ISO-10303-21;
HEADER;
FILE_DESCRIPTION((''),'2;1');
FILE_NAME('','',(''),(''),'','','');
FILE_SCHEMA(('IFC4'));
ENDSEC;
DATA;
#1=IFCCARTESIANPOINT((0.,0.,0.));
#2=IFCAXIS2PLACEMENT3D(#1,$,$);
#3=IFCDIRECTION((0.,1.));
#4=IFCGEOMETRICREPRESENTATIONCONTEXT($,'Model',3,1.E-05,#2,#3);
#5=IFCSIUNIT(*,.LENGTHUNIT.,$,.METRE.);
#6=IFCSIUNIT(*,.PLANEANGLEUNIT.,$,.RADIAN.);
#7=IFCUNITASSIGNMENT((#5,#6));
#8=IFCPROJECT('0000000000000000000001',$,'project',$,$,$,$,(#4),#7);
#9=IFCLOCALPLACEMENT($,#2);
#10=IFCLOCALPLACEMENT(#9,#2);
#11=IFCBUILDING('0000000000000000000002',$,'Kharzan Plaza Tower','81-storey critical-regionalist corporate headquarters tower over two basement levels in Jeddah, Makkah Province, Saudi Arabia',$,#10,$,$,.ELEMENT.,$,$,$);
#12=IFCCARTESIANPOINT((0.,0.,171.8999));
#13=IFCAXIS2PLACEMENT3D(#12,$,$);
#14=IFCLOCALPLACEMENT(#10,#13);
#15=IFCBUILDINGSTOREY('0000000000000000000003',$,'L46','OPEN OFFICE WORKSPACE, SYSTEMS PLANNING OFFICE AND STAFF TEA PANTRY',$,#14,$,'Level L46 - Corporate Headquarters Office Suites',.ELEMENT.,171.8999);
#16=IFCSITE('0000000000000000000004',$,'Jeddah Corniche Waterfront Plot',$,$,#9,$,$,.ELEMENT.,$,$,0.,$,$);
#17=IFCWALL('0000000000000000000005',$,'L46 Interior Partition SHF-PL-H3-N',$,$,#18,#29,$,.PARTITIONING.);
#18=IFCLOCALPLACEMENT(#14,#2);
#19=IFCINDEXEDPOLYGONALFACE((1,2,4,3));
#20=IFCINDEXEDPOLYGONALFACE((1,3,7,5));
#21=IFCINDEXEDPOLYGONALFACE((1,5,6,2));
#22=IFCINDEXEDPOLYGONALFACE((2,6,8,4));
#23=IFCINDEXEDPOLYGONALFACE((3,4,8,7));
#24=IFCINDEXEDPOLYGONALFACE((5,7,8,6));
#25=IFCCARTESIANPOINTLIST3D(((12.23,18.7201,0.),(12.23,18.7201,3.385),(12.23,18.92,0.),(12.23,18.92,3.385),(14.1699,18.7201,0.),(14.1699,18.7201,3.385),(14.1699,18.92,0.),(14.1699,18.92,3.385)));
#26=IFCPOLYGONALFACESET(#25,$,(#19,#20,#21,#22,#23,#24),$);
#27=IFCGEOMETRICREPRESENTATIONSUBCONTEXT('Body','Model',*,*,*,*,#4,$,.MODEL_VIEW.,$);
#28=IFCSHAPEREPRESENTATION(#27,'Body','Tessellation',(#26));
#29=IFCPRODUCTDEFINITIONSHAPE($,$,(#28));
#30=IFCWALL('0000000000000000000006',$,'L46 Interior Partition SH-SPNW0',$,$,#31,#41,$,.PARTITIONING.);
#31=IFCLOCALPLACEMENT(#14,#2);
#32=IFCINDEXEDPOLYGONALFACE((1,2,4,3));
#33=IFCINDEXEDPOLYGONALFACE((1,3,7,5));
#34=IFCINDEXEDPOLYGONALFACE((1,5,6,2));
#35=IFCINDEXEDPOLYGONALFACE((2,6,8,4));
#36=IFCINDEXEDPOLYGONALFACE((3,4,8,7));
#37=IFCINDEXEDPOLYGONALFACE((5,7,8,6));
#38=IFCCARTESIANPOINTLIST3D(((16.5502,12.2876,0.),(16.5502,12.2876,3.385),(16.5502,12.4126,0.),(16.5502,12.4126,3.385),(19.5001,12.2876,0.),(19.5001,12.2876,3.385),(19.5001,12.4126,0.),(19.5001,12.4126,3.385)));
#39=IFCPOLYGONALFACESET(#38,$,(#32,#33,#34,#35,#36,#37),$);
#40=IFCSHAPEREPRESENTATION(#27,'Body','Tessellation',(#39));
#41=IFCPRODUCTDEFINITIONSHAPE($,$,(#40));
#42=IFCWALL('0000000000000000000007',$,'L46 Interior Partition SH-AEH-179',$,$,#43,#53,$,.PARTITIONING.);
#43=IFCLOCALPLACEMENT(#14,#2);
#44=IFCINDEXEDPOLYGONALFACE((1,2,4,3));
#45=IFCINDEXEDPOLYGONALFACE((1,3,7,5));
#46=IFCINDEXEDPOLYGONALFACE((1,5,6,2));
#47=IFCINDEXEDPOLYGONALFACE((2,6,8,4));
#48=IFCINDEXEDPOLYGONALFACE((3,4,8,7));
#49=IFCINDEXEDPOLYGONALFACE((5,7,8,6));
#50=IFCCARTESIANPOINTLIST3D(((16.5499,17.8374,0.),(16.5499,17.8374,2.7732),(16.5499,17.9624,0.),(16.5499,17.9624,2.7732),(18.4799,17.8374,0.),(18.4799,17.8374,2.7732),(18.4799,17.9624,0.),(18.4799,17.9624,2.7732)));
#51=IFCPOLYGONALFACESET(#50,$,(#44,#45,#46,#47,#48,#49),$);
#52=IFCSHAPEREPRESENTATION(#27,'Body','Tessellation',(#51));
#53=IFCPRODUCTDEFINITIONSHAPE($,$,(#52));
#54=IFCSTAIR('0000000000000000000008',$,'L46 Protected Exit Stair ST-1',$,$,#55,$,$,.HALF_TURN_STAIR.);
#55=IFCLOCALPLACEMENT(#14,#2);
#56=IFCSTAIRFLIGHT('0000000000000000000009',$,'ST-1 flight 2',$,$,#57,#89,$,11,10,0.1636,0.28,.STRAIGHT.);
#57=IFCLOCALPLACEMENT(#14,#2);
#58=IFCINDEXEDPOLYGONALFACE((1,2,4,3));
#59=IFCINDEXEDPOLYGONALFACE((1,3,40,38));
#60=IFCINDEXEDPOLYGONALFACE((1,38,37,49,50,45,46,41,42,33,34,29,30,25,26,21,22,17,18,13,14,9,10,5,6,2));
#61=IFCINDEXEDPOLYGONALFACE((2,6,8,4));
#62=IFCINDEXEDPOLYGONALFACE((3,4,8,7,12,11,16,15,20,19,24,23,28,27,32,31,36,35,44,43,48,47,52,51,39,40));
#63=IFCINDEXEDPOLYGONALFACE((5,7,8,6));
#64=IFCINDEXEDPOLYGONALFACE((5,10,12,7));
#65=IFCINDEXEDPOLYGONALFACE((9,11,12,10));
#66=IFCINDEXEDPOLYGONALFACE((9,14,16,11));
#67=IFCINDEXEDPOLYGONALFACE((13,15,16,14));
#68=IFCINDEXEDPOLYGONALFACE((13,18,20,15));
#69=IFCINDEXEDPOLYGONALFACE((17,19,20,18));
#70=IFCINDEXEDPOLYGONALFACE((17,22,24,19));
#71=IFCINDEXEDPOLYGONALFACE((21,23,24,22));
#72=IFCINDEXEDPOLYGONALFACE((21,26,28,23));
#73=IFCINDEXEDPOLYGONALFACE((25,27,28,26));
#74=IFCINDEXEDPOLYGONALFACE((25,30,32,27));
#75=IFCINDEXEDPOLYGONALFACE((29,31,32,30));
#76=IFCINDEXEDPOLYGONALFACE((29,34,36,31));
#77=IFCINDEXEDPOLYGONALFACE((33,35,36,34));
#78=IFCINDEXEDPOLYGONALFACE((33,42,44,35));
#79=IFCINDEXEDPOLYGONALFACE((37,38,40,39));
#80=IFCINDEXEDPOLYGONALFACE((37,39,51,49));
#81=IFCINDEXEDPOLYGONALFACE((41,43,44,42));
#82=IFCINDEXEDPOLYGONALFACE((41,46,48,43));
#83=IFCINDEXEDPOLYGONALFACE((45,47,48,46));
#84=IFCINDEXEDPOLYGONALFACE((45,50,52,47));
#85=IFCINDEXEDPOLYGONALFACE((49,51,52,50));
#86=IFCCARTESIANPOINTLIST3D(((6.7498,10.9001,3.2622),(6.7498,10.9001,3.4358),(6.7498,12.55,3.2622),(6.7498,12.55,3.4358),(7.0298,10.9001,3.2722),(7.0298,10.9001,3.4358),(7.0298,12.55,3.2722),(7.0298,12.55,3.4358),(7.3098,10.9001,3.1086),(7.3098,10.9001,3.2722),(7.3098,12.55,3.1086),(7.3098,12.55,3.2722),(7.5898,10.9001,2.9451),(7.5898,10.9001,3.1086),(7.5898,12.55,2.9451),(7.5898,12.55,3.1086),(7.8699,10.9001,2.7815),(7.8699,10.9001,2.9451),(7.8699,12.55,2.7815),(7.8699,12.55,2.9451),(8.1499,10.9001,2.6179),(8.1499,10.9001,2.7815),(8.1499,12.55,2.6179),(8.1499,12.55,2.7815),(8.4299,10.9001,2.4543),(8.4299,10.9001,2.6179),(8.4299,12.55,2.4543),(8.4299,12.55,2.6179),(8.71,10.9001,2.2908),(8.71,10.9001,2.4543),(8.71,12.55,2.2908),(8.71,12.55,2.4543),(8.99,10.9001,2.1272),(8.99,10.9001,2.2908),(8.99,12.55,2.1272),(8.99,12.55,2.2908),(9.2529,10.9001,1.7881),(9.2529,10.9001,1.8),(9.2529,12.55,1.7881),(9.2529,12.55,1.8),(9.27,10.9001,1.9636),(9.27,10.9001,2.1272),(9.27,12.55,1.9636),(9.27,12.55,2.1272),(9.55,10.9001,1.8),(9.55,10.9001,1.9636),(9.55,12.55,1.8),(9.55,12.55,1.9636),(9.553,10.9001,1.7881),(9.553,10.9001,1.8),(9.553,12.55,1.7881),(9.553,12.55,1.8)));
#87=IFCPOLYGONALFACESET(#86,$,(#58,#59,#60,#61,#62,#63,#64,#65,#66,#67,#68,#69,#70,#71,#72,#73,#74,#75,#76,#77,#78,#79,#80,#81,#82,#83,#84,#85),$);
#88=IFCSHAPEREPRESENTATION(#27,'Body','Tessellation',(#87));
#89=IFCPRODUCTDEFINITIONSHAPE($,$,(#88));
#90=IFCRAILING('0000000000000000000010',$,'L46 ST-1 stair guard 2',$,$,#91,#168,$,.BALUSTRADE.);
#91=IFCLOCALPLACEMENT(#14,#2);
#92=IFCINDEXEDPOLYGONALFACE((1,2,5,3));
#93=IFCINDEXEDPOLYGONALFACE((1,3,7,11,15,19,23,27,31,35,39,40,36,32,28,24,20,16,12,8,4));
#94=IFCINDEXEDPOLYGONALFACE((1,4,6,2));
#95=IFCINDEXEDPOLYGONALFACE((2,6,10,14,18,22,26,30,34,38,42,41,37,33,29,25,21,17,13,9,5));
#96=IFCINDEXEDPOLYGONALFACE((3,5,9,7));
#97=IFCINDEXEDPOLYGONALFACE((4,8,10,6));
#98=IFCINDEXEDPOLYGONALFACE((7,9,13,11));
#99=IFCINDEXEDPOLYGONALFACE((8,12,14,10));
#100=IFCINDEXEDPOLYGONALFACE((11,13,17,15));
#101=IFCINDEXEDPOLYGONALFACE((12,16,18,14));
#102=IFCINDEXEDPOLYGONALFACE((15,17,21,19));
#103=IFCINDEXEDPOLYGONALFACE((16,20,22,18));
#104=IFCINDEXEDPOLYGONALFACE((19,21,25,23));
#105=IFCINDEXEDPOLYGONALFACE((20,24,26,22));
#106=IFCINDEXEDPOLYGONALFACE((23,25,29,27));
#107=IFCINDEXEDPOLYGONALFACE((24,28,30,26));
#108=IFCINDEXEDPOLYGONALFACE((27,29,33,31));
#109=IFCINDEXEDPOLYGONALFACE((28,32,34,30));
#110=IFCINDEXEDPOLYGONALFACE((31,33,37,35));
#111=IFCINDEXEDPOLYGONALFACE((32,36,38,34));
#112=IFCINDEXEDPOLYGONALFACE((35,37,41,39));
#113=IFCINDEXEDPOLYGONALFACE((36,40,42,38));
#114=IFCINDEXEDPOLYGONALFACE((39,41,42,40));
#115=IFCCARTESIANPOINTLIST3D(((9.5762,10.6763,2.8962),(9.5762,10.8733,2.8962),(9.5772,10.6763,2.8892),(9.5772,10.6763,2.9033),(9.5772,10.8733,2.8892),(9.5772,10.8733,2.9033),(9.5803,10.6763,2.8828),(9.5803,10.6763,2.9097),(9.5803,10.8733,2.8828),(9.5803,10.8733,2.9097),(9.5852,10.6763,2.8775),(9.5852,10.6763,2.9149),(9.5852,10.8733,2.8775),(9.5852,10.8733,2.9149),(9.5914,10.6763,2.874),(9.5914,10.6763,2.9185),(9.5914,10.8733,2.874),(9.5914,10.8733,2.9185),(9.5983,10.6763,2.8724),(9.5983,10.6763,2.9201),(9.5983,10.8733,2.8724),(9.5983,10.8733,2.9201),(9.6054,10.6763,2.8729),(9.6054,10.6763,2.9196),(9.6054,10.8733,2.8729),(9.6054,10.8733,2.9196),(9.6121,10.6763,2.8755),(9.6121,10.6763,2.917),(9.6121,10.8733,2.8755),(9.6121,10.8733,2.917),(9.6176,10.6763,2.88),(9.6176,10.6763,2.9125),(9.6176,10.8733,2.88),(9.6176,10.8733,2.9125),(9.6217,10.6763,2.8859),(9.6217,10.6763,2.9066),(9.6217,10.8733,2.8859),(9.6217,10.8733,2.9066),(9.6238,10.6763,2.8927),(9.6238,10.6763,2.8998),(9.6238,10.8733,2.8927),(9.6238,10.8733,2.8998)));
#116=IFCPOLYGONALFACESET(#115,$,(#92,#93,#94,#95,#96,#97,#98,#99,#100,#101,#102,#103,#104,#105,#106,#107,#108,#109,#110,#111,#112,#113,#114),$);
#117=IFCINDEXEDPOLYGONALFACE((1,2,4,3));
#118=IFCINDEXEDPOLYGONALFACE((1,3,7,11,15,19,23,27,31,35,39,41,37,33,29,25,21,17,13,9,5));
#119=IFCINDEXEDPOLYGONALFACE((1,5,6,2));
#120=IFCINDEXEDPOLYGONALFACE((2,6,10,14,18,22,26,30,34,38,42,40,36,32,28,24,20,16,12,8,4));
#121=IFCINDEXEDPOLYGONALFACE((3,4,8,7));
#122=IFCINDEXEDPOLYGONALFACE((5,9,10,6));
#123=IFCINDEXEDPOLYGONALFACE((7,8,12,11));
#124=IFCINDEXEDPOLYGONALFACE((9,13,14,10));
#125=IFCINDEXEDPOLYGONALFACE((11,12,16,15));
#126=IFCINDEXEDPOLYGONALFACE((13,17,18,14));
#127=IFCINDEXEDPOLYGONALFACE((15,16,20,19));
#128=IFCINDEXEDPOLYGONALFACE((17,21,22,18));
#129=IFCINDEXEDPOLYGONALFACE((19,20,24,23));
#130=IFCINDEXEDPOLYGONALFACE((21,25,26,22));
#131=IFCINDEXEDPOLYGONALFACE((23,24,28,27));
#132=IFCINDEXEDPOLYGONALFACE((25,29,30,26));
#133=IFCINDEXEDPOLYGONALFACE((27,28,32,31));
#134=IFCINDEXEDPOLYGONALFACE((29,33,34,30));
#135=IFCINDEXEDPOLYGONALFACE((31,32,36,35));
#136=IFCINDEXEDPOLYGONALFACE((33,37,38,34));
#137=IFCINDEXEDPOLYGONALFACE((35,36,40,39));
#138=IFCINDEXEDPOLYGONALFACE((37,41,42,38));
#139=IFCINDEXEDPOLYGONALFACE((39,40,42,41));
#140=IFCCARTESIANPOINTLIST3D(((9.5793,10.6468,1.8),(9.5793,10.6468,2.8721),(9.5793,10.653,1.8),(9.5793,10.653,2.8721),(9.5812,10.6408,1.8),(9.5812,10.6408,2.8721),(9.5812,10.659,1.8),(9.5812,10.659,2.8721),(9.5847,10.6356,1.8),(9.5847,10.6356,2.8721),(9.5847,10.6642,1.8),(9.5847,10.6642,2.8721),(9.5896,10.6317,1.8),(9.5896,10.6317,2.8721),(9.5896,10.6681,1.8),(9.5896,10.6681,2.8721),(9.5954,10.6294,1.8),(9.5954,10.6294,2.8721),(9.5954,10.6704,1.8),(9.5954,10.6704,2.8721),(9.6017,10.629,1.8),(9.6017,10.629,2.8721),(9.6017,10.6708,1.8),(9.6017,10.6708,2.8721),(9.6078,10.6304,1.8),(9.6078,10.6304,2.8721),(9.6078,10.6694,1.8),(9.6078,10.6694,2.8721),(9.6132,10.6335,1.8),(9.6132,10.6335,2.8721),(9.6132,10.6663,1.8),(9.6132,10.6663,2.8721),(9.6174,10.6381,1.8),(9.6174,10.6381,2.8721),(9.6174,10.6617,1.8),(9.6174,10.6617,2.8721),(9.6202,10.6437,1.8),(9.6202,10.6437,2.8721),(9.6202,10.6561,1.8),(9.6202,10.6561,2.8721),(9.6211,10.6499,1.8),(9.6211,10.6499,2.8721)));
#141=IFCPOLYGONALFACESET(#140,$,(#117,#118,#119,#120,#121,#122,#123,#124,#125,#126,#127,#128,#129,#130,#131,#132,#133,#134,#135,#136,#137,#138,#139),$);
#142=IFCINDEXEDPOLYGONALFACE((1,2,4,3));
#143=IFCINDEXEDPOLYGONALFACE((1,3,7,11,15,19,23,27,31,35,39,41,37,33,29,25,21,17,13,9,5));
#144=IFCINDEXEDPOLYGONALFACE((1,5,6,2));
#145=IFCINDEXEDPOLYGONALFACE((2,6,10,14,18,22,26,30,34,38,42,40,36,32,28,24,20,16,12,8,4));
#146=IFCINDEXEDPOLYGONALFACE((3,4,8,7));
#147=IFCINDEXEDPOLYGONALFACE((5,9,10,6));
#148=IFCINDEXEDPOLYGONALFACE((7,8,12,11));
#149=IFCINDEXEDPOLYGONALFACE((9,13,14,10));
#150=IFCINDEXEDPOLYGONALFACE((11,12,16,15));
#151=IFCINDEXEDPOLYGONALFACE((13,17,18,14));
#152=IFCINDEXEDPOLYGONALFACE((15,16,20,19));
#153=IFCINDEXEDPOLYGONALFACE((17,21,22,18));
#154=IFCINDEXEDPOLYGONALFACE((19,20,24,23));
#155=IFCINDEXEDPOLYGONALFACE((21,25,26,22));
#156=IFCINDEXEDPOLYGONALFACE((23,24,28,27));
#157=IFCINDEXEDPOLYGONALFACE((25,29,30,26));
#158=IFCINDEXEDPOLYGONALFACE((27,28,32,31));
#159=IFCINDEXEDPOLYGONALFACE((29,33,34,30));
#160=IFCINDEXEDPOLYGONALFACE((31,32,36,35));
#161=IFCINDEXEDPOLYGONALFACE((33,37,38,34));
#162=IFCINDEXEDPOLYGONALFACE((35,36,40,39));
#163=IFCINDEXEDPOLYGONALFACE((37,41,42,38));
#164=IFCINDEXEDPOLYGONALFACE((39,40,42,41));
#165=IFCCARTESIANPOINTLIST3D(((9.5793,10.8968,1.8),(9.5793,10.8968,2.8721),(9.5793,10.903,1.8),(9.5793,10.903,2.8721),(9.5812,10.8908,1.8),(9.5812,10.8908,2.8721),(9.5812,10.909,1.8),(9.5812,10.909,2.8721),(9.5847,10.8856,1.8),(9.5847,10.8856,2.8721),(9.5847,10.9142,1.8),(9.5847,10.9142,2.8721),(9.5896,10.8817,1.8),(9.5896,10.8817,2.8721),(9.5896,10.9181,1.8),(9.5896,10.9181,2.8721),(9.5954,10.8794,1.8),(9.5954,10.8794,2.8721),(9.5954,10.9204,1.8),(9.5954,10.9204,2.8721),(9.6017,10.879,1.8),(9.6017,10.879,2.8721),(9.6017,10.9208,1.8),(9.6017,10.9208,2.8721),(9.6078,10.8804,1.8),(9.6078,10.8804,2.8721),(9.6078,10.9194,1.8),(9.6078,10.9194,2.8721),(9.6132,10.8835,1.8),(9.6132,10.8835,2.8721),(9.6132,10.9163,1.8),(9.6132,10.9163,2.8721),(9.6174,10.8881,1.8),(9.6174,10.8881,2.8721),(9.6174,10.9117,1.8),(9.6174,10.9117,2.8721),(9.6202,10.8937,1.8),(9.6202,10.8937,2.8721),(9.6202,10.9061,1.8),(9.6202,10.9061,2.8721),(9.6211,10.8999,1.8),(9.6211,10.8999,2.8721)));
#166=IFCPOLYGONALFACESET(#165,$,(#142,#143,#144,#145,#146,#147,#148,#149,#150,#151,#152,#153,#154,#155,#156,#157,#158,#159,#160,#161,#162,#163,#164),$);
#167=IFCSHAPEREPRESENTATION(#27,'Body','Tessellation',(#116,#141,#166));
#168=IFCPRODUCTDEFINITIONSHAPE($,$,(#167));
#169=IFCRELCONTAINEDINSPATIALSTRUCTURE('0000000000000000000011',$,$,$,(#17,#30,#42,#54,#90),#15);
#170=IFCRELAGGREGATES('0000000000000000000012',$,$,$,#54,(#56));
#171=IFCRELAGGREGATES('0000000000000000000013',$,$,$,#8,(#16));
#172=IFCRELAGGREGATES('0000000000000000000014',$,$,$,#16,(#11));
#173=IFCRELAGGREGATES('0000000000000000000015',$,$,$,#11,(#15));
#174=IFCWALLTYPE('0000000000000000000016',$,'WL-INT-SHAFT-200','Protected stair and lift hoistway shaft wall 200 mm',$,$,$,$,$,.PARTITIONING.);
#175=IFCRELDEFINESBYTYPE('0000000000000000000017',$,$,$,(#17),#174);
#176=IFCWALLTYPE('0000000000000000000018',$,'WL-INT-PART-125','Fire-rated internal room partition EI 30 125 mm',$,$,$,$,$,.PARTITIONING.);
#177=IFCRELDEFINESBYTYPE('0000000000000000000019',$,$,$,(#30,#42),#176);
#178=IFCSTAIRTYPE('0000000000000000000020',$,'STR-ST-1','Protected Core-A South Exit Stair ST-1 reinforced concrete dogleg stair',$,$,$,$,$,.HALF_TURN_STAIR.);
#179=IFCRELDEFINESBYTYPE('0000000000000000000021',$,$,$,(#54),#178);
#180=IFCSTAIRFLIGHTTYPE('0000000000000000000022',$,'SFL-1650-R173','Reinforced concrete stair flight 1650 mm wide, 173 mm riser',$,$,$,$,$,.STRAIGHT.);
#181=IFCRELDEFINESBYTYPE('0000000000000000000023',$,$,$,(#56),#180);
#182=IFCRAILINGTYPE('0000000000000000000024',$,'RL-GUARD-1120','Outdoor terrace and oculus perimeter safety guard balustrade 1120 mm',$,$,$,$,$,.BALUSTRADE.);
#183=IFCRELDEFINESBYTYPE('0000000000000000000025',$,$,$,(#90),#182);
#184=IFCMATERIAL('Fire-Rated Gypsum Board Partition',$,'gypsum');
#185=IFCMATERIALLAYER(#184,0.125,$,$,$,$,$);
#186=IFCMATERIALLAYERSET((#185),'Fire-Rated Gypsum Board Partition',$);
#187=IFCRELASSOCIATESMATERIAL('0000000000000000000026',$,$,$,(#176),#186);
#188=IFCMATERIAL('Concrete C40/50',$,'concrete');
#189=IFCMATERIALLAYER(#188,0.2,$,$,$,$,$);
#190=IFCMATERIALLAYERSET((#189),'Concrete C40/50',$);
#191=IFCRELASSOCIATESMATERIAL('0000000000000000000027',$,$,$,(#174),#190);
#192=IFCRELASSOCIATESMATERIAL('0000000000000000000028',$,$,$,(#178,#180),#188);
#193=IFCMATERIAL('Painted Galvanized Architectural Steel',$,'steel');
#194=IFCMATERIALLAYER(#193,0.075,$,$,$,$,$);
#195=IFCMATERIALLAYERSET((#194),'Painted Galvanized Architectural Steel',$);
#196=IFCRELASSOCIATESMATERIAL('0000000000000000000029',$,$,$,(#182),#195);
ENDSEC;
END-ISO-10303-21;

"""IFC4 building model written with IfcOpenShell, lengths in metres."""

from ifc_helpers import new_model, si_unit, direction, frame, frame_2d, origin, origin_2d, place, context, subcontext, project, spatial, polyline, rectangle, circle, outline, extrude, source, transform, mapped, material, layer, layer_set, type_object, element, aggregate, save


model = new_model("IFC4")

# Units and contexts
model_context = context("Model", 3, precision=1e-05, world=origin(), true_north=direction((0.0, 1.0)))
body_context = subcontext(model_context, "Body", "Model", "MODEL_VIEW")
ifc_project = project(units=[si_unit("LENGTHUNIT", "METRE"), si_unit("PLANEANGLEUNIT", "RADIAN")], contexts=[model_context])

# Site, building, storey
site_placement = place(None, origin())
site = spatial("IfcSite", under=ifc_project, at=site_placement, Name="Jeddah Corniche Waterfront Plot", CompositionType="ELEMENT", RefElevation=0.0)
building_placement = place(site_placement, origin())
building = spatial("IfcBuilding", under=site, at=building_placement, Name="Kharzan Plaza Tower", Description="81-storey critical-regionalist corporate headquarters tower over two basement levels in Jeddah, Makkah Province, Saudi Arabia", CompositionType="ELEMENT")
storey_placement = place(building_placement, frame((0.0, 0.0, 171.8999)))
storey = spatial("IfcBuildingStorey", under=building, at=storey_placement, Name="L46", Description="OPEN OFFICE WORKSPACE, SYSTEMS PLANNING OFFICE AND STAFF TEA PANTRY", LongName="Level L46 - Corporate Headquarters Office Suites", CompositionType="ELEMENT", Elevation=171.8999)

# Shared definitions
ifc_material_1 = material(Name="Fire-Rated Gypsum Board Partition", Category="gypsum")
ifc_layer_1 = layer(ifc_material_1, 0.125)
ifc_layer_set_1 = layer_set([ifc_layer_1], Name="Fire-Rated Gypsum Board Partition")
wall_type_1 = type_object("IfcWallType", Name="WL-INT-PART-125", Description="Fire-rated internal room partition EI 30 125 mm", PredefinedType="PARTITIONING", material=ifc_layer_set_1)
ifc_material_2 = material(Name="Concrete C40/50", Category="concrete")
ifc_layer_2 = layer(ifc_material_2, 0.2)
ifc_layer_set_2 = layer_set([ifc_layer_2], Name="Concrete C40/50")
wall_type_2 = type_object("IfcWallType", Name="WL-INT-SHAFT-200", Description="Protected stair and lift hoistway shaft wall 200 mm", PredefinedType="PARTITIONING", material=ifc_layer_set_2)

# Walls
shared_shape_1 = source(origin(), body_context, "Body", "SweptSolid", [
    extrude(rectangle(XDim=1.9399, YDim=0.2, at=frame_2d((0.97, 0.0))), origin(), (0.0, 0.0, 1.0), 3.385),
])
for number, where, z_axis, x_axis, name in (
    (1, (12.23, 18.8201, 0.0), (0.0, 0.0, 1.0), (1.0, 0.0, 0.0), "L46 Interior Partition SHF-PL-H3-N"),
):
    element("IfcWall", number, at=place(storey_placement, frame(where, z_axis=z_axis, x_axis=x_axis)), inside=storey, type_object=wall_type_2, Name=name, PredefinedType="PARTITIONING", context=body_context, shape_type="MappedRepresentation", body=[
        mapped(shared_shape_1, transform((0.0, 0.0, 0.0), x_axis=(1.0, 0.0, 0.0), y_axis=(0.0, 1.0, 0.0), z_axis=(0.0, 0.0, 1.0))),
    ])
shared_shape_2 = source(origin(), body_context, "Body", "SweptSolid", [
    extrude(rectangle(XDim=2.95, YDim=0.125, at=frame_2d((1.4751, 0.0))), origin(), (0.0, 0.0, 1.0), 3.385),
])
wall_1_placement = place(storey_placement, frame((16.55, 12.3501, 0.0), z_axis=(0.0, 0.0, 1.0), x_axis=(1.0, 0.0, 0.0)))
element("IfcWall", 2, at=wall_1_placement, inside=storey, type_object=wall_type_1, Name="L46 Interior Partition SH-SPNW0", PredefinedType="PARTITIONING", context=body_context, shape_type="MappedRepresentation", body=[
    mapped(shared_shape_2, transform((0.0, 0.0, 0.0), x_axis=(1.0, 0.0, 0.0), y_axis=(0.0, 1.0, 0.0), z_axis=(0.0, 0.0, 1.0))),
])
shared_shape_3 = source(origin(), body_context, "Body", "SweptSolid", [
    extrude(rectangle(XDim=1.9299, YDim=0.125, at=frame_2d((0.9648, 0.0))), origin(), (0.0, 0.0, 1.0), 2.7732),
])
wall_2_placement = place(storey_placement, frame((16.55, 17.8999, 0.0), z_axis=(0.0, 0.0, 1.0), x_axis=(1.0, 0.0, 0.0)))
element("IfcWall", 3, at=wall_2_placement, inside=storey, type_object=wall_type_1, Name="L46 Interior Partition SH-AEH-179", PredefinedType="PARTITIONING", context=body_context, shape_type="MappedRepresentation", body=[
    mapped(shared_shape_3, transform((0.0, 0.0, 0.0), x_axis=(1.0, 0.0, 0.0), y_axis=(0.0, 1.0, 0.0), z_axis=(0.0, 0.0, 1.0))),
])

# Stair, stair flight
stair_type = type_object("IfcStairType", Name="STR-ST-1", Description="Protected Core-A South Exit Stair ST-1 reinforced concrete dogleg stair", PredefinedType="HALF_TURN_STAIR", material=ifc_material_2)
stair_placement = place(storey_placement, origin())
stair = element("IfcStair", 4, at=stair_placement, inside=storey, type_object=stair_type, Name="L46 Protected Exit Stair ST-1", PredefinedType="HALF_TURN_STAIR")
stair_flight_type = type_object("IfcStairFlightType", Name="SFL-1650-R173", Description="Reinforced concrete stair flight 1650 mm wide, 173 mm riser", PredefinedType="STRAIGHT", material=ifc_material_2)
shared_shape_4 = source(origin(), body_context, "Body", "SweptSolid", [
    extrude(outline(polyline([(-0.0029, -0.012), (-0.0029, 0.0), (0.0, 0.0), (0.0, 0.1636), (0.28, 0.1636), (0.28, 0.3271), (0.5601, 0.3271), (0.5601, 0.4907), (0.8401, 0.4907), (0.8401, 0.6543), (1.1201, 0.6543), (1.1201, 0.8179), (1.4001, 0.8179), (1.4001, 0.9814), (1.6802, 0.9814), (1.6802, 1.145), (1.9602, 1.145), (1.9602, 1.3086), (2.2402, 1.3086), (2.2402, 1.4722), (2.5203, 1.4722), (2.5203, 1.6357), (2.8003, 1.6357), (2.8003, 1.7993), (2.8003, 1.4622), (0.2971, 0.0), (0.2971, -0.012), (-0.0029, -0.012)])), frame((0.0, 0.825, 0.0), z_axis=(0.0, -1.0, 0.0), x_axis=(1.0, 0.0, 0.0)), (0.0, 0.0, 1.0), 1.6499),
])
stair_flight_placement = place(storey_placement, frame((9.55, 11.7251, 1.8), z_axis=(0.0, 0.0, 1.0), x_axis=(-1.0, 0.0, 0.0)))
stair_flight = element("IfcStairFlight", 5, at=stair_flight_placement, type_object=stair_flight_type, Name="ST-1 flight 2", NumberOfRisers=11, NumberOfTreads=10, PredefinedType="STRAIGHT", RiserHeight=0.1636, TreadLength=0.28, context=body_context, shape_type="MappedRepresentation", body=[
    mapped(shared_shape_4, transform((0.0, 0.0, 0.0), x_axis=(1.0, 0.0, 0.0), y_axis=(0.0, 1.0, 0.0), z_axis=(0.0, 0.0, 1.0))),
])
aggregate(stair, [stair_flight])

# Railing
ifc_material_3 = material(Name="Painted Galvanized Architectural Steel", Category="steel")
ifc_layer_3 = layer(ifc_material_3, 0.075)
ifc_layer_set_3 = layer_set([ifc_layer_3], Name="Painted Galvanized Architectural Steel")
railing_type_1 = type_object("IfcRailingType", Name="RL-GUARD-1120", Description="Outdoor terrace and oculus perimeter safety guard balustrade 1120 mm", PredefinedType="BALUSTRADE", material=ifc_layer_set_3)
shared_shape_5 = source(origin(), body_context, "Body", "SweptSolid", [
    extrude(circle(Radius=0.0239, at=origin_2d()), frame((0.0, 0.0264, 1.0962), z_axis=(0.0, 1.0, 0.0), x_axis=(-1.0, 0.0, 0.0)), (0.0, 0.0, 1.0), 0.197),
    extrude(circle(Radius=0.021, at=origin_2d()), origin(), (0.0, 0.0, 1.0), 1.072),
    extrude(circle(Radius=0.021, at=origin_2d()), frame((0.0, 0.25, 0.0)), (0.0, 0.0, 1.0), 1.072),
])
railing_1_placement = place(storey_placement, frame((9.6001, 10.6499, 1.8)))
element("IfcRailing", 6, at=railing_1_placement, inside=storey, type_object=railing_type_1, Name="L46 ST-1 stair guard 2", PredefinedType="BALUSTRADE", context=body_context, shape_type="MappedRepresentation", body=[
    mapped(shared_shape_5, transform((0.0, 0.0, 0.0), x_axis=(1.0, 0.0, 0.0), y_axis=(0.0, 1.0, 0.0), z_axis=(0.0, 0.0, 1.0))),
])

save(model, "model.ifc")
